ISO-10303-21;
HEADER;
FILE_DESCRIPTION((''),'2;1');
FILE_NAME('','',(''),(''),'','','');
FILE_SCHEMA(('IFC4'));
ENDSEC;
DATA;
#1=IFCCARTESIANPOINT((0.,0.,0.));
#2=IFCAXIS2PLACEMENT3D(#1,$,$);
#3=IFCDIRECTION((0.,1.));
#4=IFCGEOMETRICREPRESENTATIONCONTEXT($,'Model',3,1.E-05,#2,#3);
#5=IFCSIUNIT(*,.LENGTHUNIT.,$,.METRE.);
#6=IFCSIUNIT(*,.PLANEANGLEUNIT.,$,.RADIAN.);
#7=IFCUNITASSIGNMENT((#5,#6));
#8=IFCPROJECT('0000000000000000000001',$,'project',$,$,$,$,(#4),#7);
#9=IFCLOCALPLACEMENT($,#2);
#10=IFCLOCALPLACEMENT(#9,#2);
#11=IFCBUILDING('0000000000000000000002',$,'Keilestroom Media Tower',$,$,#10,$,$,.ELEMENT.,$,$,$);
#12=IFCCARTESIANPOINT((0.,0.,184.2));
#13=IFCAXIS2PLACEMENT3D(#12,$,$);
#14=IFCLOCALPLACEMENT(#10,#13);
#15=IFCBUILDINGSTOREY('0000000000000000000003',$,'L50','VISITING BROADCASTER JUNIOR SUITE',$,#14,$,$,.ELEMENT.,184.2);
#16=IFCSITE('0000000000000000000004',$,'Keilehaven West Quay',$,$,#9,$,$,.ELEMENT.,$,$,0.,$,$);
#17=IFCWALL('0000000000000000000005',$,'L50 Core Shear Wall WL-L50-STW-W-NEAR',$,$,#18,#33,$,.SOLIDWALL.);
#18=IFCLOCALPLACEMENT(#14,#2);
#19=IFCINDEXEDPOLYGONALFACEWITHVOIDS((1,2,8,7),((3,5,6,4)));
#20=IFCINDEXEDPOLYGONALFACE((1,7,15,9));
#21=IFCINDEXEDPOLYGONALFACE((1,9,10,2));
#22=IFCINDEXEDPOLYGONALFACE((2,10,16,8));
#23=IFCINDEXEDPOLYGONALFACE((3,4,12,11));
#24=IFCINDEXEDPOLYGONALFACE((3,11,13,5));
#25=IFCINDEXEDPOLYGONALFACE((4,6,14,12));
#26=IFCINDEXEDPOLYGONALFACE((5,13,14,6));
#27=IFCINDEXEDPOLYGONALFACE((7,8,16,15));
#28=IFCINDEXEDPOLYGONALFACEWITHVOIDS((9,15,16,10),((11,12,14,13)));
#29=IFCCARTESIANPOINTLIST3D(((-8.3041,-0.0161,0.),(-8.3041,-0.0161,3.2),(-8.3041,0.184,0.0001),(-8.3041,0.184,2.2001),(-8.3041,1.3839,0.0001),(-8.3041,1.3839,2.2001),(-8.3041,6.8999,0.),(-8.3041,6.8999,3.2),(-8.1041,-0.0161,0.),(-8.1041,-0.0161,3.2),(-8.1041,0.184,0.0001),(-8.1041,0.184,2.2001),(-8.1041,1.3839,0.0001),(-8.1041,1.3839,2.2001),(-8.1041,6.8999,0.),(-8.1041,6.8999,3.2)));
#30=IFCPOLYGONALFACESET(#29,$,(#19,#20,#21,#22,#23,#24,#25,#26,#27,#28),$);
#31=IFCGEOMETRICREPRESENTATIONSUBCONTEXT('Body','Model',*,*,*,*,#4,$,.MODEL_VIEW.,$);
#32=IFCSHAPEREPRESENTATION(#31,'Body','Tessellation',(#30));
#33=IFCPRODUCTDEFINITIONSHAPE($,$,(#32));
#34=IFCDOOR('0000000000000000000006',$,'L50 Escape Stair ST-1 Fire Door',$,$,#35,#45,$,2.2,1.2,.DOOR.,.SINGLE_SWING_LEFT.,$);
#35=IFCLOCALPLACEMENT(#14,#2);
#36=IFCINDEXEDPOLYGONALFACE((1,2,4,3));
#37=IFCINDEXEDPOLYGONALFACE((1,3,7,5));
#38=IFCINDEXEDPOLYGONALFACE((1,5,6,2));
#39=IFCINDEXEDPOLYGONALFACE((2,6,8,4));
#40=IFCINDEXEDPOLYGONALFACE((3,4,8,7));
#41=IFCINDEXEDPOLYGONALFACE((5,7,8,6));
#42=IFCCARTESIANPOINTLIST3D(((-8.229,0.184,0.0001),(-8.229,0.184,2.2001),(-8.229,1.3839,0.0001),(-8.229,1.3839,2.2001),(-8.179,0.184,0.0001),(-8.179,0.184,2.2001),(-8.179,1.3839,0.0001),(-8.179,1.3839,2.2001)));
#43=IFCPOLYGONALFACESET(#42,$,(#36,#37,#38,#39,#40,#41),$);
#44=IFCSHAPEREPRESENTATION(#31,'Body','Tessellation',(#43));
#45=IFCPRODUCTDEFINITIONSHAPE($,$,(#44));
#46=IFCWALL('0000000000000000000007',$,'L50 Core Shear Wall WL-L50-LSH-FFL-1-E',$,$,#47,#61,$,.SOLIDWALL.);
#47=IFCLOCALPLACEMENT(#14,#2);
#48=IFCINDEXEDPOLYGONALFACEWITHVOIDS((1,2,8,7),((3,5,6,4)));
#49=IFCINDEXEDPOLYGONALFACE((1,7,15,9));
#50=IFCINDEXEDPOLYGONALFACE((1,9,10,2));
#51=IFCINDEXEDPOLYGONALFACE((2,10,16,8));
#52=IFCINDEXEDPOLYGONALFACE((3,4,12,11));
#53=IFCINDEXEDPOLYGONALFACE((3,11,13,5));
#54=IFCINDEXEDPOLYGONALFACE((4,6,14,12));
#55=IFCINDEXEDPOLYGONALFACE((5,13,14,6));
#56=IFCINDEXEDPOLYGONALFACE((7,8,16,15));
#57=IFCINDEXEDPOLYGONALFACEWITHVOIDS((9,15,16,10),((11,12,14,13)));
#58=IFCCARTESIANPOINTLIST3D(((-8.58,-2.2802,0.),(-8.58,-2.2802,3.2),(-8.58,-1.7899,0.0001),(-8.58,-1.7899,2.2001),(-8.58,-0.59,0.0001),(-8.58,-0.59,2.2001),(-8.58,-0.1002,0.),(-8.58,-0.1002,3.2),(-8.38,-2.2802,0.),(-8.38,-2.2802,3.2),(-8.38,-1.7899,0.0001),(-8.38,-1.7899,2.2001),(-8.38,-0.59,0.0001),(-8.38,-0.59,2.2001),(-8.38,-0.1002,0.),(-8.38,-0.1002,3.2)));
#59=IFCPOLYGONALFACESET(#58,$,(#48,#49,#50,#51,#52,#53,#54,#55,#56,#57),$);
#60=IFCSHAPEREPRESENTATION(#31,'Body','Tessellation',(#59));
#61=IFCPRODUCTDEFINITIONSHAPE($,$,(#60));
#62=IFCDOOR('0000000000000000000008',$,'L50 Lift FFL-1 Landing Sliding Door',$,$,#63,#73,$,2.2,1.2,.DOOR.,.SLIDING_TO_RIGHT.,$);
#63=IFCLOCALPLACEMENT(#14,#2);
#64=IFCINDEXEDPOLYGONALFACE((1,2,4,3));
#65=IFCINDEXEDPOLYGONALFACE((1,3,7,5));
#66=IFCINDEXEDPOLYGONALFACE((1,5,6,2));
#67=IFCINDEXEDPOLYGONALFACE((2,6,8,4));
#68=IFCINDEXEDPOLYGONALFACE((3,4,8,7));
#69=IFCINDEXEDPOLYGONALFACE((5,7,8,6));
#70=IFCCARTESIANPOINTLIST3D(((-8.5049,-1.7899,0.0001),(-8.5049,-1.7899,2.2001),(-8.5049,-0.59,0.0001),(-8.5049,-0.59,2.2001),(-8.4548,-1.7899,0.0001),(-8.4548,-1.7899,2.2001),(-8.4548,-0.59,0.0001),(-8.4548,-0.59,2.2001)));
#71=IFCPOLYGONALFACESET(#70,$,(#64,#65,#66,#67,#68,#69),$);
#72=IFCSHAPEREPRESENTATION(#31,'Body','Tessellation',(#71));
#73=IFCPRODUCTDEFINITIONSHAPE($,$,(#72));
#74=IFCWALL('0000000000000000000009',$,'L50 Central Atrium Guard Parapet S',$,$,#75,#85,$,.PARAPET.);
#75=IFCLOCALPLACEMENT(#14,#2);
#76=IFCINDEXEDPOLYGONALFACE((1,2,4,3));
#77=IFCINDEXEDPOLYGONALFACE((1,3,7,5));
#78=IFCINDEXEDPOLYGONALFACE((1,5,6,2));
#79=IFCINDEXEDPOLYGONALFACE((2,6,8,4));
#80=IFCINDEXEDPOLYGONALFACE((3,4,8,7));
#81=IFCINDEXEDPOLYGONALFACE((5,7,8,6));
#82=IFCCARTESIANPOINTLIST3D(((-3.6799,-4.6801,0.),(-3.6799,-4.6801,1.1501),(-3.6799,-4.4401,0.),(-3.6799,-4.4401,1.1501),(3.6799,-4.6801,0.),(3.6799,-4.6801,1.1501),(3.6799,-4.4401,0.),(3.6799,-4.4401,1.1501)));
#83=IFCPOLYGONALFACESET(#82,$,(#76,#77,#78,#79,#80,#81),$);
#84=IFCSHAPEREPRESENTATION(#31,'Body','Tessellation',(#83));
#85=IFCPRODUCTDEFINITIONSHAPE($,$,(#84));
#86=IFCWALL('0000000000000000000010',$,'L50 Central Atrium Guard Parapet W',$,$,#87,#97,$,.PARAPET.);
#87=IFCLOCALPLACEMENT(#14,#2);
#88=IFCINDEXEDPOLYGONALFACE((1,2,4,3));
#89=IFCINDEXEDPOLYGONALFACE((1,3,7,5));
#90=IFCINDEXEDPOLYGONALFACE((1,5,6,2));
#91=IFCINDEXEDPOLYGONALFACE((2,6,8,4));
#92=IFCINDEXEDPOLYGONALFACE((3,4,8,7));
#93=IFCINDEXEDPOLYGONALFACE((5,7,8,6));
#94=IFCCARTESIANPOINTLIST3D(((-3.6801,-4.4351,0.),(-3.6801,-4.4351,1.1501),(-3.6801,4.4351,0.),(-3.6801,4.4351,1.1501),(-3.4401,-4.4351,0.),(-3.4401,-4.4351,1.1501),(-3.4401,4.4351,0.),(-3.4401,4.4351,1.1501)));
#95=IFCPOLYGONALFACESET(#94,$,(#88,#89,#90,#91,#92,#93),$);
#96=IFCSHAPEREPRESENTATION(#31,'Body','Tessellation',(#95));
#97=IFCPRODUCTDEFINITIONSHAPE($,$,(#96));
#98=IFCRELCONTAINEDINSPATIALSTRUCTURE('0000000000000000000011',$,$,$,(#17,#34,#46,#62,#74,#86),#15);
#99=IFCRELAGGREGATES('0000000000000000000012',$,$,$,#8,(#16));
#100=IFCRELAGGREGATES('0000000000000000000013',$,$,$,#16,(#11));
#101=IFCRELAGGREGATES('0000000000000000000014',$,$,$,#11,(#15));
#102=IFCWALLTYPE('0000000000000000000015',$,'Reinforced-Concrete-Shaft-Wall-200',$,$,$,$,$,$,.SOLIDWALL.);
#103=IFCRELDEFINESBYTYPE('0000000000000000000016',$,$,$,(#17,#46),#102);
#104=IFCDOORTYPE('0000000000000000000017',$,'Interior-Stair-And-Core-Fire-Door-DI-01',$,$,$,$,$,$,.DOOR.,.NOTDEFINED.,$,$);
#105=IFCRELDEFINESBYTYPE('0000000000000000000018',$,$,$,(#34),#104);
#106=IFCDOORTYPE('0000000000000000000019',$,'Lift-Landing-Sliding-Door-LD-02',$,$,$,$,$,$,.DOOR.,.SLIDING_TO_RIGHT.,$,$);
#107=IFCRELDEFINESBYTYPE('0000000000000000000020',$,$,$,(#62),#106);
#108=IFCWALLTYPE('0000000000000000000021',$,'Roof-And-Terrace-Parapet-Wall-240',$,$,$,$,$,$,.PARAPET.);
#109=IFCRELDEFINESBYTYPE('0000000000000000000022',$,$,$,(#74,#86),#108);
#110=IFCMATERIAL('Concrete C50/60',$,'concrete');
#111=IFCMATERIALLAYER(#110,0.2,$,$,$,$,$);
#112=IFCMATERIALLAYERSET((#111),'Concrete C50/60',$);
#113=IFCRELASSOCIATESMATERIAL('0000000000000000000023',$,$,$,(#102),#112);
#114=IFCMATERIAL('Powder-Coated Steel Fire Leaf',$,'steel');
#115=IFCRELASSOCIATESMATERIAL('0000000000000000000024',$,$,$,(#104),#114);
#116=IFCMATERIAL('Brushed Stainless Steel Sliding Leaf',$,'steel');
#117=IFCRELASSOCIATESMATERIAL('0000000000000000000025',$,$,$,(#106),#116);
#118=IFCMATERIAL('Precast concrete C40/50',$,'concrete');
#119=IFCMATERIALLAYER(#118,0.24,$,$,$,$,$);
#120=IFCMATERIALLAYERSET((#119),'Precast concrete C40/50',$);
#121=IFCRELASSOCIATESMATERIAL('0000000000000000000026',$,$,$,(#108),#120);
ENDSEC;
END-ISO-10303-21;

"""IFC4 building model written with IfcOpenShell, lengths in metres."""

from ifc_helpers import new_model, si_unit, direction, frame, frame_2d, origin, place, context, subcontext, project, spatial, rectangle, extrude, source, transform, mapped, material, layer, layer_set, type_object, element, fill, save


model = new_model("IFC4")

# Units and contexts
model_context = context("Model", 3, precision=1e-05, world=origin(), true_north=direction((0.0, 1.0)))
body_context = subcontext(model_context, "Body", "Model", "MODEL_VIEW")
ifc_project = project(units=[si_unit("LENGTHUNIT", "METRE"), si_unit("PLANEANGLEUNIT", "RADIAN")], contexts=[model_context])

# Site, building, storey
site_placement = place(None, origin())
site = spatial("IfcSite", under=ifc_project, at=site_placement, Name="Keilehaven West Quay", CompositionType="ELEMENT", RefElevation=0.0)
building_placement = place(site_placement, origin())
building = spatial("IfcBuilding", under=site, at=building_placement, Name="Keilestroom Media Tower", CompositionType="ELEMENT")
storey_placement = place(building_placement, frame((0.0, 0.0, 184.2)))
storey = spatial("IfcBuildingStorey", under=building, at=storey_placement, Name="L50", Description="VISITING BROADCASTER JUNIOR SUITE", CompositionType="ELEMENT", Elevation=184.2)

# Shared definitions
ifc_material_1 = material(Name="Powder-Coated Steel Fire Leaf", Category="steel")
shared_shape_1 = source(origin(), body_context, "Body", "SweptSolid", [
    extrude(rectangle(XDim=1.2, YDim=2.2, at=frame_2d((0.6001, 1.1001))), frame((0.0, 0.0249, 0.0), z_axis=(0.0, -1.0, 0.0), x_axis=(1.0, 0.0, 0.0)), (0.0, 0.0, 1.0), 0.05),
])

# Shared definitions
ifc_material_2 = material(Name="Concrete C50/60", Category="concrete")
ifc_layer_1 = layer(ifc_material_2, 0.2)
ifc_layer_set_1 = layer_set([ifc_layer_1], Name="Concrete C50/60")
wall_type_1 = type_object("IfcWallType", Name="Reinforced-Concrete-Shaft-Wall-200", PredefinedType="SOLIDWALL", material=ifc_layer_set_1)

# Walls, openings, doors
wall_1_placement = place(storey_placement, frame((-8.2041, -0.0161, 0.0), z_axis=(0.0, 0.0, 1.0), x_axis=(0.0, 1.0, 0.0)))
wall_1 = element("IfcWall", 1, at=wall_1_placement, inside=storey, type_object=wall_type_1, Name="L50 Core Shear Wall WL-L50-STW-W-NEAR", PredefinedType="SOLIDWALL", context=body_context, shape_type="SweptSolid", body=[
    extrude(rectangle(XDim=6.916, YDim=0.2, at=frame_2d((3.458, 0.0))), origin(), (0.0, 0.0, 1.0), 3.2),
])
opening_1_placement = place(wall_1_placement, frame((0.2, 0.0, 0.0)))
opening_1 = element("IfcOpeningElement", 2, at=opening_1_placement, cuts=wall_1, PredefinedType="OPENING", context=body_context, shape_type="SweptSolid", body=[
    extrude(rectangle(XDim=1.2, YDim=2.2, at=frame_2d((0.6001, 1.1001))), frame((0.0, 0.1099, 0.0), z_axis=(0.0, -1.0, 0.0), x_axis=(1.0, 0.0, 0.0)), (0.0, 0.0, 1.0), 0.22),
])
door_type_1 = type_object("IfcDoorType", Name="Interior-Stair-And-Core-Fire-Door-DI-01", OperationType="NOTDEFINED", PredefinedType="DOOR", material=ifc_material_1)
door_1_placement = place(opening_1_placement, origin())
door_1 = element("IfcDoor", 3, at=door_1_placement, inside=storey, type_object=door_type_1, Name="L50 Escape Stair ST-1 Fire Door", OperationType="SINGLE_SWING_LEFT", OverallHeight=2.2, OverallWidth=1.2, PredefinedType="DOOR", context=body_context, shape_type="MappedRepresentation", body=[
    mapped(shared_shape_1, transform((0.0, 0.0, 0.0), x_axis=(1.0, 0.0, 0.0), y_axis=(0.0, 1.0, 0.0), z_axis=(0.0, 0.0, 1.0), scale=1.0)),
])
fill(opening_1, door_1)
wall_2_placement = place(storey_placement, frame((-8.48, -2.28, 0.0), z_axis=(0.0, 0.0, 1.0), x_axis=(0.0, 1.0, 0.0)))
wall_2 = element("IfcWall", 4, at=wall_2_placement, inside=storey, type_object=wall_type_1, Name="L50 Core Shear Wall WL-L50-LSH-FFL-1-E", PredefinedType="SOLIDWALL", context=body_context, shape_type="SweptSolid", body=[
    extrude(rectangle(XDim=2.1799, YDim=0.2, at=frame_2d((1.0898, 0.0))), origin(), (0.0, 0.0, 1.0), 3.2),
])
opening_2_placement = place(wall_2_placement, frame((0.49, 0.0, 0.0)))
opening_2 = element("IfcOpeningElement", 5, at=opening_2_placement, cuts=wall_2, PredefinedType="OPENING", context=body_context, shape_type="SweptSolid", body=[
    extrude(rectangle(XDim=1.2, YDim=2.2, at=frame_2d((0.6001, 1.1001))), frame((0.0, 0.1099, 0.0), z_axis=(0.0, -1.0, 0.0), x_axis=(1.0, 0.0, 0.0)), (0.0, 0.0, 1.0), 0.22),
])
ifc_material_3 = material(Name="Brushed Stainless Steel Sliding Leaf", Category="steel")
door_type_2 = type_object("IfcDoorType", Name="Lift-Landing-Sliding-Door-LD-02", OperationType="SLIDING_TO_RIGHT", PredefinedType="DOOR", material=ifc_material_3)
door_2_placement = place(opening_2_placement, origin())
door_2 = element("IfcDoor", 6, at=door_2_placement, inside=storey, type_object=door_type_2, Name="L50 Lift FFL-1 Landing Sliding Door", OperationType="SLIDING_TO_RIGHT", OverallHeight=2.2, OverallWidth=1.2, PredefinedType="DOOR", context=body_context, shape_type="MappedRepresentation", body=[
    mapped(shared_shape_1, transform((0.0, 0.0, 0.0), x_axis=(1.0, 0.0, 0.0), y_axis=(0.0, 1.0, 0.0), z_axis=(0.0, 0.0, 1.0), scale=1.0)),
])
fill(opening_2, door_2)

# Walls
ifc_material_4 = material(Name="Precast concrete C40/50", Category="concrete")
ifc_layer_2 = layer(ifc_material_4, 0.24)
ifc_layer_set_2 = layer_set([ifc_layer_2], Name="Precast concrete C40/50")
wall_type_2 = type_object("IfcWallType", Name="Roof-And-Terrace-Parapet-Wall-240", PredefinedType="PARAPET", material=ifc_layer_set_2)
wall_3_placement = place(storey_placement, frame((-3.6799, -4.5601, 0.0), z_axis=(0.0, 0.0, 1.0), x_axis=(1.0, 0.0, 0.0)))
element("IfcWall", 7, at=wall_3_placement, inside=storey, type_object=wall_type_2, Name="L50 Central Atrium Guard Parapet S", PredefinedType="PARAPET", context=body_context, shape_type="SweptSolid", body=[
    extrude(rectangle(XDim=7.3599, YDim=0.24, at=frame_2d((3.6799, 0.0))), origin(), (0.0, 0.0, 1.0), 1.1501),
])
wall_4_placement = place(storey_placement, frame((-3.5601, -4.4351, 0.0), z_axis=(0.0, 0.0, 1.0), x_axis=(0.0, 1.0, 0.0)))
element("IfcWall", 8, at=wall_4_placement, inside=storey, type_object=wall_type_2, Name="L50 Central Atrium Guard Parapet W", PredefinedType="PARAPET", context=body_context, shape_type="SweptSolid", body=[
    extrude(rectangle(XDim=8.8701, YDim=0.24, at=frame_2d((4.4351, 0.0))), origin(), (0.0, 0.0, 1.0), 1.1501),
])

save(model, "model.ifc")
